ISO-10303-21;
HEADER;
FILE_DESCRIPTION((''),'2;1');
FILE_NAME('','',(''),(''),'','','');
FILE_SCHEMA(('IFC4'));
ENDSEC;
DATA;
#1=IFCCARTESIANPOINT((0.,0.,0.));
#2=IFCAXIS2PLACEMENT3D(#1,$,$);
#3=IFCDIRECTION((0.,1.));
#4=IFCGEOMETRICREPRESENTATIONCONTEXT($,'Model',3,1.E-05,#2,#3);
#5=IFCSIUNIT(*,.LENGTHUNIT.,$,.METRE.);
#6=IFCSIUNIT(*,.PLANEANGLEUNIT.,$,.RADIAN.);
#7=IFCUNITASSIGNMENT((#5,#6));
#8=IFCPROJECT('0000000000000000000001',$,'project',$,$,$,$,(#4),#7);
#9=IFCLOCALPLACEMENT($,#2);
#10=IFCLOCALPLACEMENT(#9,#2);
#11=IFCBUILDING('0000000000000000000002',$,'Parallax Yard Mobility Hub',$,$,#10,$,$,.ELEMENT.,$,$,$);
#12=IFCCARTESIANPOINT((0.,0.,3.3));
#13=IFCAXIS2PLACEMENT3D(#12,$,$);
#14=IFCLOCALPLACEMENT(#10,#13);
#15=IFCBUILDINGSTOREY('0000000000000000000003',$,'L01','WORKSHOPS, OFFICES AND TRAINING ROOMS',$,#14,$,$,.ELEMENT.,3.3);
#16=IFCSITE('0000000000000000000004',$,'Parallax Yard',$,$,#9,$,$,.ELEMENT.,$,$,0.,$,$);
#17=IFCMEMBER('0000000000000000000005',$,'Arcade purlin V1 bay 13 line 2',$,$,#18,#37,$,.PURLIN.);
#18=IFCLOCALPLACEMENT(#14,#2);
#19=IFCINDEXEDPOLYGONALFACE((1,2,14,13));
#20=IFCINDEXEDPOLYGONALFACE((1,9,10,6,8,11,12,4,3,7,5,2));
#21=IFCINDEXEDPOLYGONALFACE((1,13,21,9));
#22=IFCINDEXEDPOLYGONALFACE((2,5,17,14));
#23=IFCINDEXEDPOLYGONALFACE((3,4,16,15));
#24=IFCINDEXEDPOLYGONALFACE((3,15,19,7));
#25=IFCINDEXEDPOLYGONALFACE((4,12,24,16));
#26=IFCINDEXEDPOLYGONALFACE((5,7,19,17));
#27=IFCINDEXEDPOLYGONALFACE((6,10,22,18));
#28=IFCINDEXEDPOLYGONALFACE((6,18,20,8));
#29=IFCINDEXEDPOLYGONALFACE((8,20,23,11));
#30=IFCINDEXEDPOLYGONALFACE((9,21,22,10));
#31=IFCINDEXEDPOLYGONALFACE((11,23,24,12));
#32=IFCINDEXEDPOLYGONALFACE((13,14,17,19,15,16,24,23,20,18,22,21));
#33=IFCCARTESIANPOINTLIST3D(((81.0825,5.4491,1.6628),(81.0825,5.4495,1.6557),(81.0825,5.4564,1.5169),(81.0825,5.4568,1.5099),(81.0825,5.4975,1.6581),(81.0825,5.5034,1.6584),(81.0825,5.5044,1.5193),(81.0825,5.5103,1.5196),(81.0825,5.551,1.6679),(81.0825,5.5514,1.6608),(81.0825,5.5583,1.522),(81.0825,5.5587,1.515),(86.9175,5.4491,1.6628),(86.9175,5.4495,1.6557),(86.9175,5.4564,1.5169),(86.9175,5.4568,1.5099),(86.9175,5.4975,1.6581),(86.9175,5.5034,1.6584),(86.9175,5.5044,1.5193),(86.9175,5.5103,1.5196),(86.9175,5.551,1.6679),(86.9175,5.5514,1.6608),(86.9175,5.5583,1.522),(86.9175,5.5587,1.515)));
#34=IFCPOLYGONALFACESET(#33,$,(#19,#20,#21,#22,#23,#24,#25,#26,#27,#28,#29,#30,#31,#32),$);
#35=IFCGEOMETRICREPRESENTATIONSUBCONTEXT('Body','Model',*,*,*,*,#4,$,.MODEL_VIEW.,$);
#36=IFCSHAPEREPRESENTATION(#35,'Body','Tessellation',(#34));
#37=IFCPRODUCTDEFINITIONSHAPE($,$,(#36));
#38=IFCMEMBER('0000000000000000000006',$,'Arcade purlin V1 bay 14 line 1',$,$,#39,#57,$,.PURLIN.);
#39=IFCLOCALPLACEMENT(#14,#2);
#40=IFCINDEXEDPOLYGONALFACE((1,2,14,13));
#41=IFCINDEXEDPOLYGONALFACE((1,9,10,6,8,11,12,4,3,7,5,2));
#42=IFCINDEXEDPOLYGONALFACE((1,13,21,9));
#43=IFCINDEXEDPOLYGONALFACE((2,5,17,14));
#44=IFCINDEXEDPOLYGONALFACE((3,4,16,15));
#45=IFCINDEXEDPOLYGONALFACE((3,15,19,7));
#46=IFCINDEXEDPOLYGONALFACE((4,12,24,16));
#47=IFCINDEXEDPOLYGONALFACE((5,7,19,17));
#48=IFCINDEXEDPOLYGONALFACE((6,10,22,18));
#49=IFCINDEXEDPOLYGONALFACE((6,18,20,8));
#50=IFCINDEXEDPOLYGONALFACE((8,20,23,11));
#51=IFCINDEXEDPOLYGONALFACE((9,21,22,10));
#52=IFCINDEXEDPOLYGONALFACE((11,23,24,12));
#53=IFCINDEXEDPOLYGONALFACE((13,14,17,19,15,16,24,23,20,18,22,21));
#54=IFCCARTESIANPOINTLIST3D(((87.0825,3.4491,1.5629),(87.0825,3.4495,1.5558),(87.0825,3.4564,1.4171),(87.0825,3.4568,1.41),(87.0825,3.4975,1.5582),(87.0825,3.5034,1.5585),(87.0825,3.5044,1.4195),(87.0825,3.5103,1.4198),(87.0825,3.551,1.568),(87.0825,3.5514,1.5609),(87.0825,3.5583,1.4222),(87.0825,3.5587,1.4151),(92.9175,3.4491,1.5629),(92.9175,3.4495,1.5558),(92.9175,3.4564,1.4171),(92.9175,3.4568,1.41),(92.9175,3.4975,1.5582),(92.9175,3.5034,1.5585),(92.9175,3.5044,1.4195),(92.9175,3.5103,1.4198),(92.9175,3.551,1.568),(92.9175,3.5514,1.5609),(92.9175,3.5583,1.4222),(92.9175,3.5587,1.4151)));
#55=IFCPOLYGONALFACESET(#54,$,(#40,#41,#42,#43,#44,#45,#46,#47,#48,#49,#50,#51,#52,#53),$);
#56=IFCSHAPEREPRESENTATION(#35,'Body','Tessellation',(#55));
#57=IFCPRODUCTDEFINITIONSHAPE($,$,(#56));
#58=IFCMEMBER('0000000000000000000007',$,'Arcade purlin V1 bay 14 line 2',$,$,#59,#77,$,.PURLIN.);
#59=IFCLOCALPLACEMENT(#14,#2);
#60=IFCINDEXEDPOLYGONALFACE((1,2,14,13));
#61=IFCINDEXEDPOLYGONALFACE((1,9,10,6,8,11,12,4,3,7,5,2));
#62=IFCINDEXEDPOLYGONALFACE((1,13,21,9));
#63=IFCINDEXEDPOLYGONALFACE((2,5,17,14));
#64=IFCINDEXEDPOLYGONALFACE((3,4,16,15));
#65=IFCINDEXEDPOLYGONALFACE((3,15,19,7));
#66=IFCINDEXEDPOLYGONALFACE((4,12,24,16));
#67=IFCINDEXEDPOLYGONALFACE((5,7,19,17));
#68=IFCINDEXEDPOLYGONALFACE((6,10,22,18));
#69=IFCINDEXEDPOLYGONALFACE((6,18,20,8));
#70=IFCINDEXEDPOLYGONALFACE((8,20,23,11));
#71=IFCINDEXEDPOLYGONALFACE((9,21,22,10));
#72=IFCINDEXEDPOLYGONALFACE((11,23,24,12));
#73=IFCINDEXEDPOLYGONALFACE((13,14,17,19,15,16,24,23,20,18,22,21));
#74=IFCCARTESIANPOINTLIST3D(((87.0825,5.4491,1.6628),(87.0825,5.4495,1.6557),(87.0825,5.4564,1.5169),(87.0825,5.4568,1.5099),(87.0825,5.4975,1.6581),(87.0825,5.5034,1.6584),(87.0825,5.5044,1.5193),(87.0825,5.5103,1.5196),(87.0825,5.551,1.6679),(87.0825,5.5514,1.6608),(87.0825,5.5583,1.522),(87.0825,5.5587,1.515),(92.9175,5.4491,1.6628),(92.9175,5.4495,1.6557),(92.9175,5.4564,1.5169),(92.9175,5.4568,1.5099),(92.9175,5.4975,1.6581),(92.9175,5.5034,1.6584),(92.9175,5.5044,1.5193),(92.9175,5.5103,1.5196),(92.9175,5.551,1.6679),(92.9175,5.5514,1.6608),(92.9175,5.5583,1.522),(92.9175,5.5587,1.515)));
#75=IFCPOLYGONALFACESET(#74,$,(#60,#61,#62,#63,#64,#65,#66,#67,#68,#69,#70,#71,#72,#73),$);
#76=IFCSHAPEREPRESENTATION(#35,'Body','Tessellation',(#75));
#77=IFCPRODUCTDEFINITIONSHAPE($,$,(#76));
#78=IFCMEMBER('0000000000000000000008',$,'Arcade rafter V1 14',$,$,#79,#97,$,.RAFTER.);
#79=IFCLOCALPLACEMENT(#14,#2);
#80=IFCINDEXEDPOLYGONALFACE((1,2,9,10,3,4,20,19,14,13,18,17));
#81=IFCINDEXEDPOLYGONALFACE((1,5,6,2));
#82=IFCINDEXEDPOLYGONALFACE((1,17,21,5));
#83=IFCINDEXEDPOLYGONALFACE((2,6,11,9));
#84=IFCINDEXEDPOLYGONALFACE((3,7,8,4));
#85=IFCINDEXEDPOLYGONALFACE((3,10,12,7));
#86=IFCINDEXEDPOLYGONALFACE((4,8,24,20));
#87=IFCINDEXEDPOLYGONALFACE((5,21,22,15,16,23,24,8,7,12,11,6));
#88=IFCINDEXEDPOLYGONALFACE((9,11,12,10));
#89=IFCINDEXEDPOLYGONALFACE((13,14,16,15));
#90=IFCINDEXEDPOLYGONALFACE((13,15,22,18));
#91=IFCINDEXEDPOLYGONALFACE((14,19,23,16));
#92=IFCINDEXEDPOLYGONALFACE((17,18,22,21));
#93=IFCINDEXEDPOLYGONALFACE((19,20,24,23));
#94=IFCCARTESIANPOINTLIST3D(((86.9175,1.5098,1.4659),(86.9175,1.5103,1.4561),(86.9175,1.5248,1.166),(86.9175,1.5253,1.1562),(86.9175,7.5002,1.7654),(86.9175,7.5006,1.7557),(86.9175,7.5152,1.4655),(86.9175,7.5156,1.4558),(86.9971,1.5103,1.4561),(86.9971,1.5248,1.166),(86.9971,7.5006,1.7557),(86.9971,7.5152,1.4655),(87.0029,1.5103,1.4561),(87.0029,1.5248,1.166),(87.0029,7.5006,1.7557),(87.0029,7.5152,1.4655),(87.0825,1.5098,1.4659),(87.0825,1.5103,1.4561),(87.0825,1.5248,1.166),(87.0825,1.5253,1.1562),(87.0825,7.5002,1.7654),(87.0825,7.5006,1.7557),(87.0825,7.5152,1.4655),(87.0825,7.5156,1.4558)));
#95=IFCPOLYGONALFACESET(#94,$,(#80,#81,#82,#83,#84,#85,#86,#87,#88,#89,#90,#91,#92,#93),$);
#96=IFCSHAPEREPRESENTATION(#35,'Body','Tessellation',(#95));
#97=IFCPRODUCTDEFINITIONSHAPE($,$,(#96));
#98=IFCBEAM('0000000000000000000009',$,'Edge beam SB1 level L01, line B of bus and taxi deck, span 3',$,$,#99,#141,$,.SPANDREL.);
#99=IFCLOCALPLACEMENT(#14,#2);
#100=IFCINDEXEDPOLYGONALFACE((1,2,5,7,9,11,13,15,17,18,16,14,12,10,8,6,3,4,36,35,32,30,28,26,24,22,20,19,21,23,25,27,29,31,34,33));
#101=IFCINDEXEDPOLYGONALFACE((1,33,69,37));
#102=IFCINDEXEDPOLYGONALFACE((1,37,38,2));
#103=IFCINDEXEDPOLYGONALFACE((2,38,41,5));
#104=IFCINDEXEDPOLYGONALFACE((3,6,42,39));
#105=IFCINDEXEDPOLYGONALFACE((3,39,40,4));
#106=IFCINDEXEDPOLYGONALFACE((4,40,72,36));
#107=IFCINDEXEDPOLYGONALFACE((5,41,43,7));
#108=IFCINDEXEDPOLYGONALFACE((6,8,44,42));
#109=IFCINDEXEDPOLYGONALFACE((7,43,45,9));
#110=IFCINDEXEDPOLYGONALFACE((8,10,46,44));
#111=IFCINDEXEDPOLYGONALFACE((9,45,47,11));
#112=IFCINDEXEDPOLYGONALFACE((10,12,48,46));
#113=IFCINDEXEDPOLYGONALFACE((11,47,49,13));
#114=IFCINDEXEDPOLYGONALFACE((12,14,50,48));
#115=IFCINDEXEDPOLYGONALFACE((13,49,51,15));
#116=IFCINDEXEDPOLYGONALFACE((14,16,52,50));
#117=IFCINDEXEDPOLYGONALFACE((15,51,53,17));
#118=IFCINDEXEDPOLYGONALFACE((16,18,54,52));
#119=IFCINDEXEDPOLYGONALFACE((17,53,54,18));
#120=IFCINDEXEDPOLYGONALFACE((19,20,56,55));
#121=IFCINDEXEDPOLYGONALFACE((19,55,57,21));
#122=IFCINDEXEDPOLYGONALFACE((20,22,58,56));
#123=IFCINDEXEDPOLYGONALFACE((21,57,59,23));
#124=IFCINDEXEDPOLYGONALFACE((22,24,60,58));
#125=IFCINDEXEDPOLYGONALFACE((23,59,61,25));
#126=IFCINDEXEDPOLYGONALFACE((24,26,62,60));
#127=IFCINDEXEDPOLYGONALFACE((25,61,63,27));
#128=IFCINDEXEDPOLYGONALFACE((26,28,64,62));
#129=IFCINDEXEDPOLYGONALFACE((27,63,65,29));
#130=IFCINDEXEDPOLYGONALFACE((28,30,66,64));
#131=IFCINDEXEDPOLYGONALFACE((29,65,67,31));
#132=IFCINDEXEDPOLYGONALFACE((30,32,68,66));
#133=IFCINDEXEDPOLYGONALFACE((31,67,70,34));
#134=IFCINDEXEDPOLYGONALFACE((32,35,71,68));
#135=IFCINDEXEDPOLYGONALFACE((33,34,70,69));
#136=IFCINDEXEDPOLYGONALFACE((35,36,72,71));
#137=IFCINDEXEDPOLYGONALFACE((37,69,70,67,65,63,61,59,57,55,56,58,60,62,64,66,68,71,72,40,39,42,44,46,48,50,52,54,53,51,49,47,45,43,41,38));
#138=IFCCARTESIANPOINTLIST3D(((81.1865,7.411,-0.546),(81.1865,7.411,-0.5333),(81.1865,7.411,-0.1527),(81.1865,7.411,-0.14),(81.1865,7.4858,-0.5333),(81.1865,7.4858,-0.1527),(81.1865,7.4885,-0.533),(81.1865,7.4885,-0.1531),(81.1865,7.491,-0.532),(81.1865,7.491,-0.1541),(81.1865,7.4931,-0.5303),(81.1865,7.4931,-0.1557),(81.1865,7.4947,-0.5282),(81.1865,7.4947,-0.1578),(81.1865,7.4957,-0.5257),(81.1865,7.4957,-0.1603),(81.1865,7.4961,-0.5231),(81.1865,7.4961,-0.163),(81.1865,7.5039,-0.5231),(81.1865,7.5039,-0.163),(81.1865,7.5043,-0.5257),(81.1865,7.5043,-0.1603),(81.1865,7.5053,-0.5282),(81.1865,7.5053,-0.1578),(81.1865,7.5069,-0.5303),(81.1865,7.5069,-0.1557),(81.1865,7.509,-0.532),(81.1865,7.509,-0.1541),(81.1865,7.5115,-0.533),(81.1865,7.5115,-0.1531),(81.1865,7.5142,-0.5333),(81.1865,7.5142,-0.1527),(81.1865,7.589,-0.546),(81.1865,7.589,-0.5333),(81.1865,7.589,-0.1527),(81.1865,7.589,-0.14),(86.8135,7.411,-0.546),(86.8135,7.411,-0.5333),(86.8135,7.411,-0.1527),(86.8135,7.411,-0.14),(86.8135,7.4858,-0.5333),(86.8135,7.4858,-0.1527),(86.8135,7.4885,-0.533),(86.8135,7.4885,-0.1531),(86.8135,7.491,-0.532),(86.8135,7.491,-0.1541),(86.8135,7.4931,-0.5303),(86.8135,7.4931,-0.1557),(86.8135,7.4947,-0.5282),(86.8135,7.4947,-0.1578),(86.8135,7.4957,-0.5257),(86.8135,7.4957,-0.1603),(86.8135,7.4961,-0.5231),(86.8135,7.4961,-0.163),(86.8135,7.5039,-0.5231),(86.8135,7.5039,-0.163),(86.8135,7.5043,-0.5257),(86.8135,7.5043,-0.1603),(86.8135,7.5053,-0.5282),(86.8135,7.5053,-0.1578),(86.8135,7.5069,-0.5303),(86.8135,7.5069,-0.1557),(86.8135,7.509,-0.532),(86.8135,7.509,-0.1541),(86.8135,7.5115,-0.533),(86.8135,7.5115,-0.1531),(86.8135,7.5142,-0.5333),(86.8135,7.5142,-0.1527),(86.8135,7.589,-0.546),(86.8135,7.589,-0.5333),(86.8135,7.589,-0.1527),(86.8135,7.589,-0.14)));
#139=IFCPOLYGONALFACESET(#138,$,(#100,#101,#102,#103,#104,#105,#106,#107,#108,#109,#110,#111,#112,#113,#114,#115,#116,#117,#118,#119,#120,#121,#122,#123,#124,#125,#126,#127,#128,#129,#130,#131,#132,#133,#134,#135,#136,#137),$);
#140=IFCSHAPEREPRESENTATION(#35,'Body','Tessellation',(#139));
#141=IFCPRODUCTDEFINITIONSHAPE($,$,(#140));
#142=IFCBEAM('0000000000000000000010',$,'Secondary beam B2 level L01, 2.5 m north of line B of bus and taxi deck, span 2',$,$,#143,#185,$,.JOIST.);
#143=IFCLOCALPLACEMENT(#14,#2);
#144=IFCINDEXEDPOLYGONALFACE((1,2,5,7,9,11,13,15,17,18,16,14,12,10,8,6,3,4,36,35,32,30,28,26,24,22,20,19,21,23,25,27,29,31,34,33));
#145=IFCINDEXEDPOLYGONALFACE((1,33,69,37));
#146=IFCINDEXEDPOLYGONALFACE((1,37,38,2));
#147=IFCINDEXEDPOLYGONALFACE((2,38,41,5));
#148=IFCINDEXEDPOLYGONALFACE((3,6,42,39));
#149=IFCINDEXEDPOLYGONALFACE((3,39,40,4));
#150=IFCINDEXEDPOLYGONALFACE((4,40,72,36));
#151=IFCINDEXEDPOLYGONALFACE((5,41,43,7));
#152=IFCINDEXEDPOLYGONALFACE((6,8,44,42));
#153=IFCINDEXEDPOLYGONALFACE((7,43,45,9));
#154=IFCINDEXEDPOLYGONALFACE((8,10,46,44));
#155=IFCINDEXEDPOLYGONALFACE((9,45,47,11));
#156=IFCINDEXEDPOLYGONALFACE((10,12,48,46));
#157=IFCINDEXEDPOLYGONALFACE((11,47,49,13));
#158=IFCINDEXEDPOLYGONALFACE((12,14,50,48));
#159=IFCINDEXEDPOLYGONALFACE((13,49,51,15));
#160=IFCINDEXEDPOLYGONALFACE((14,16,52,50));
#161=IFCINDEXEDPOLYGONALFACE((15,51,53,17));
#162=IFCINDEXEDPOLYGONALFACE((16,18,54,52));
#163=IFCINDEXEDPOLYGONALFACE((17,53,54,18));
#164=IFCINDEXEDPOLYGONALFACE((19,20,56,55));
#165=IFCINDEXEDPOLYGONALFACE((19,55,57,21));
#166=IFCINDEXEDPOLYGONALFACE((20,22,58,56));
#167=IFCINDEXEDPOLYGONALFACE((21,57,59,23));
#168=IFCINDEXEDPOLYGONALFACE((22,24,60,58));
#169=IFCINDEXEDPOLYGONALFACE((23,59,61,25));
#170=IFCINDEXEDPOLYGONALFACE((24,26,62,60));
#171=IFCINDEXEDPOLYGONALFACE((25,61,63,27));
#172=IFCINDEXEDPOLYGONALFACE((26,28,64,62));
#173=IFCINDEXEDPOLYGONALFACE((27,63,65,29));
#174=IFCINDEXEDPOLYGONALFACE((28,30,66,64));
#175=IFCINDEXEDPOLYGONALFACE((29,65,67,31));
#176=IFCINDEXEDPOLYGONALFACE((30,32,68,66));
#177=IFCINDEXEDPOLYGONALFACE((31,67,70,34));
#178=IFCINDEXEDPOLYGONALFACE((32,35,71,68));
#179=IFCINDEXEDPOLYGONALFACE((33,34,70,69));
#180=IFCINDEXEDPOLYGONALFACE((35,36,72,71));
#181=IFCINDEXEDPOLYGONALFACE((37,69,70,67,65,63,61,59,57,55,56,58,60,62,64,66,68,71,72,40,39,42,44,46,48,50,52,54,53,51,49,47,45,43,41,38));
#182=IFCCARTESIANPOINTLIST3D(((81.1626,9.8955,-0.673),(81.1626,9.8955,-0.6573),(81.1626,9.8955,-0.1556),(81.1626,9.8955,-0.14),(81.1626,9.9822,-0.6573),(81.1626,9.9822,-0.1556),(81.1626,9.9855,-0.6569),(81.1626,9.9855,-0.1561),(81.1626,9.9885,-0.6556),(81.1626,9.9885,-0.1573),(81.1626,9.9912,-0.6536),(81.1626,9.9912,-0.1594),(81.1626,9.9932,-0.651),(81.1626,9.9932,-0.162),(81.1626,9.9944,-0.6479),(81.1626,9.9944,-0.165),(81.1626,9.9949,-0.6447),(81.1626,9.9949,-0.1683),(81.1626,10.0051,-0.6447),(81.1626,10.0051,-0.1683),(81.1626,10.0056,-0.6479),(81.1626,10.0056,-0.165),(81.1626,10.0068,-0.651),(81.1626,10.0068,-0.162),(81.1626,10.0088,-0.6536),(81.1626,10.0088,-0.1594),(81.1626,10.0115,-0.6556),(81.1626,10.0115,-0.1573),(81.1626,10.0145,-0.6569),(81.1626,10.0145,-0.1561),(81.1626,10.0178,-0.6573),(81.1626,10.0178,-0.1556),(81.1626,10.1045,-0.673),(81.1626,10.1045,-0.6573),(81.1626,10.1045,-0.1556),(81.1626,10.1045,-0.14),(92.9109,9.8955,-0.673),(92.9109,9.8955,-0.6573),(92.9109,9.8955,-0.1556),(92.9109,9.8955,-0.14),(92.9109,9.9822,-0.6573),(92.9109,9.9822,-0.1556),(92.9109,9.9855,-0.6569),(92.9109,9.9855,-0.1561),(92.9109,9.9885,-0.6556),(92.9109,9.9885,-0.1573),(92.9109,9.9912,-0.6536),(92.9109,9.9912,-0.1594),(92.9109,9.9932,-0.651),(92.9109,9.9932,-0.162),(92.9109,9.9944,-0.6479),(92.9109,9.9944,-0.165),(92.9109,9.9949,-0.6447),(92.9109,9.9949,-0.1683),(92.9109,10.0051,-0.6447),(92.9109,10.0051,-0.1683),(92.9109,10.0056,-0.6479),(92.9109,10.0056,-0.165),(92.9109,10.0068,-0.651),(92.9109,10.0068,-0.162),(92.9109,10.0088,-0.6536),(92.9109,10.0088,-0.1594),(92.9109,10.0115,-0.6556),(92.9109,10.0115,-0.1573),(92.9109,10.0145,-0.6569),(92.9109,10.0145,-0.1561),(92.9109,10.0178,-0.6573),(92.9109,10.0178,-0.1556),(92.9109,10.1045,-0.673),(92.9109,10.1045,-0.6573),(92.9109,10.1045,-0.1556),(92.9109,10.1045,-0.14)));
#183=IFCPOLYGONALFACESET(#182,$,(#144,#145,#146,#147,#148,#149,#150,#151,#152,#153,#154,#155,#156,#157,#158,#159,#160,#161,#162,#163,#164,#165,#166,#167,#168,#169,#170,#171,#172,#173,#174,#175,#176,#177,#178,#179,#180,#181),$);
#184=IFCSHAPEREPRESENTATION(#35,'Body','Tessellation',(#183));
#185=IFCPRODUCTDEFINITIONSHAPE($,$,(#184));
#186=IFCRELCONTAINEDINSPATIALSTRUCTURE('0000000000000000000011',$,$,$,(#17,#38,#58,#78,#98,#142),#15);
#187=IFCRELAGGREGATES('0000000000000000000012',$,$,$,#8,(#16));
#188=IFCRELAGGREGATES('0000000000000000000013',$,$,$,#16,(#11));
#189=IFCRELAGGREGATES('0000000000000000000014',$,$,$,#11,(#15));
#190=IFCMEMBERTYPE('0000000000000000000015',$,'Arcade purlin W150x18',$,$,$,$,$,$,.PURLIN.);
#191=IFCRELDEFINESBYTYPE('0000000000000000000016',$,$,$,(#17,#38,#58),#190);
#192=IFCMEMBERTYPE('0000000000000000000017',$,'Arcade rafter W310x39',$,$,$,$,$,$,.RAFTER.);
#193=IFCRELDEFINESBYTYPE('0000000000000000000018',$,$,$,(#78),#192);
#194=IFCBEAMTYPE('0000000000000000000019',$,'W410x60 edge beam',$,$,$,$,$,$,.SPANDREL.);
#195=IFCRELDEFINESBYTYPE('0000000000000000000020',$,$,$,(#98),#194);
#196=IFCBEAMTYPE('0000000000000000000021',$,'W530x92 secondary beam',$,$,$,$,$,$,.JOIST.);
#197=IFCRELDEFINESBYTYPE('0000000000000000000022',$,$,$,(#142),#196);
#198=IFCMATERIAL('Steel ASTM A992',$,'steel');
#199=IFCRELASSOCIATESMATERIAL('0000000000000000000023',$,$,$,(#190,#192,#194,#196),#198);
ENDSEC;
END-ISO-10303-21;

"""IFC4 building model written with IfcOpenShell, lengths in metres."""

from ifc_helpers import new_model, si_unit, direction, frame, origin, origin_2d, place, context, subcontext, project, spatial, i_section, extrude, material, material_profile, profile_set, type_object, element, save


model = new_model("IFC4")

# Units and contexts
model_context = context("Model", 3, precision=1e-05, world=origin(), true_north=direction((0.0, 1.0)))
body_context = subcontext(model_context, "Body", "Model", "MODEL_VIEW")
ifc_project = project(units=[si_unit("LENGTHUNIT", "METRE"), si_unit("PLANEANGLEUNIT", "RADIAN")], contexts=[model_context])

# Site, building, storey
site_placement = place(None, origin())
site = spatial("IfcSite", under=ifc_project, at=site_placement, Name="Parallax Yard", CompositionType="ELEMENT", RefElevation=0.0)
building_placement = place(site_placement, origin())
building = spatial("IfcBuilding", under=site, at=building_placement, Name="Parallax Yard Mobility Hub", CompositionType="ELEMENT")
storey_placement = place(building_placement, frame((0.0, 0.0, 3.3)))
storey = spatial("IfcBuildingStorey", under=building, at=storey_placement, Name="L01", Description="WORKSHOPS, OFFICES AND TRAINING ROOMS", CompositionType="ELEMENT", Elevation=3.3)

# Shared definitions
ifc_material_1 = material(Name="Steel ASTM A992", Category="steel")

# Members
ifc_material_profile_1 = material_profile(ifc_material_1, i_section(OverallWidth=0.1021, OverallDepth=0.1531, WebThickness=0.0059, FlangeThickness=0.0071, at=origin_2d()), Name="W150x18")
ifc_profile_set_1 = profile_set([ifc_material_profile_1], Name="Steel ASTM A992")
member_type_1 = type_object("IfcMemberType", Name="Arcade purlin W150x18", PredefinedType="PURLIN", material=ifc_profile_set_1)
for number, where, z_axis, x_axis, name in (
    (1, (81.0825, 5.5039, 1.5889), (1.0, 0.0, 0.0), (0.0, 0.998752, 0.049938), "Arcade purlin V1 bay 13 line 2"),
    (2, (87.0825, 3.5039, 1.489), (1.0, 0.0, 0.0), (0.0, 0.998752, 0.049938), "Arcade purlin V1 bay 14 line 1"),
    (3, (87.0825, 5.5039, 1.5889), (1.0, 0.0, 0.0), (0.0, 0.998752, 0.049938), "Arcade purlin V1 bay 14 line 2"),
):
    element("IfcMember", number, at=place(storey_placement, frame(where, z_axis=z_axis, x_axis=x_axis)), inside=storey, type_object=member_type_1, Name=name, PredefinedType="PURLIN", context=body_context, shape_type="SweptSolid", body=[
        extrude(i_section(OverallWidth=0.1021, OverallDepth=0.1531, WebThickness=0.0059, FlangeThickness=0.0071, at=origin_2d()), origin(), (0.0, 0.0, 1.0), 5.835),
    ])
ifc_material_profile_2 = material_profile(ifc_material_1, i_section(OverallWidth=0.165, OverallDepth=0.3101, WebThickness=0.0059, FlangeThickness=0.0098, at=origin_2d()), Name="W310x39")
ifc_profile_set_2 = profile_set([ifc_material_profile_2], Name="Steel ASTM A992")
member_type_2 = type_object("IfcMemberType", Name="Arcade rafter W310x39", PredefinedType="RAFTER", material=ifc_profile_set_2)
member_1_placement = place(storey_placement, frame((87.0, 1.5176, 1.311), z_axis=(0.0, 0.998752, 0.049946), x_axis=(-1.0, 0.0, 0.0)))
element("IfcMember", 4, at=member_1_placement, inside=storey, type_object=member_type_2, Name="Arcade rafter V1 14", PredefinedType="RAFTER", context=body_context, shape_type="SweptSolid", body=[
    extrude(i_section(OverallWidth=0.165, OverallDepth=0.3101, WebThickness=0.0059, FlangeThickness=0.0098, at=origin_2d()), origin(), (0.0, 0.0, 1.0), 5.9978),
])

# Beams
ifc_material_profile_3 = material_profile(ifc_material_1, i_section(OverallWidth=0.178, OverallDepth=0.406, WebThickness=0.0078, FlangeThickness=0.0127, FilletRadius=0.0103, at=origin_2d()), Name="W410x60")
ifc_profile_set_3 = profile_set([ifc_material_profile_3], Name="Steel ASTM A992")
beam_type_1 = type_object("IfcBeamType", Name="W410x60 edge beam", PredefinedType="SPANDREL", material=ifc_profile_set_3)
beam_1_placement = place(storey_placement, frame((81.1865, 7.5, -0.343), z_axis=(1.0, 0.0, 0.0), x_axis=(0.0, 1.0, 0.0)))
element("IfcBeam", 5, at=beam_1_placement, inside=storey, type_object=beam_type_1, Name="Edge beam SB1 level L01, line B of bus and taxi deck, span 3", PredefinedType="SPANDREL", context=body_context, shape_type="SweptSolid", body=[
    extrude(i_section(OverallWidth=0.178, OverallDepth=0.406, WebThickness=0.0078, FlangeThickness=0.0127, FilletRadius=0.0103, at=origin_2d()), origin(), (0.0, 0.0, 1.0), 5.627),
])
ifc_material_profile_4 = material_profile(ifc_material_1, i_section(OverallWidth=0.209, OverallDepth=0.533, WebThickness=0.0103, FlangeThickness=0.0156, FilletRadius=0.0127, at=origin_2d()), Name="W530x92")
ifc_profile_set_4 = profile_set([ifc_material_profile_4], Name="Steel ASTM A992")
beam_type_2 = type_object("IfcBeamType", Name="W530x92 secondary beam", PredefinedType="JOIST", material=ifc_profile_set_4)
for number, where, z_axis, x_axis, name in (
    (6, (81.1626, 10.0, -0.4065), (1.0, 0.0, 0.0), (0.0, 1.0, 0.0), "Secondary beam B2 level L01, 2.5 m north of line B of bus and taxi deck, span 2"),
):
    element("IfcBeam", number, at=place(storey_placement, frame(where, z_axis=z_axis, x_axis=x_axis)), inside=storey, type_object=beam_type_2, Name=name, PredefinedType="JOIST", context=body_context, shape_type="SweptSolid", body=[
        extrude(i_section(OverallWidth=0.209, OverallDepth=0.533, WebThickness=0.0103, FlangeThickness=0.0156, FilletRadius=0.0127, at=origin_2d()), origin(), (0.0, 0.0, 1.0), 11.7483),
    ])

save(model, "model.ifc")
